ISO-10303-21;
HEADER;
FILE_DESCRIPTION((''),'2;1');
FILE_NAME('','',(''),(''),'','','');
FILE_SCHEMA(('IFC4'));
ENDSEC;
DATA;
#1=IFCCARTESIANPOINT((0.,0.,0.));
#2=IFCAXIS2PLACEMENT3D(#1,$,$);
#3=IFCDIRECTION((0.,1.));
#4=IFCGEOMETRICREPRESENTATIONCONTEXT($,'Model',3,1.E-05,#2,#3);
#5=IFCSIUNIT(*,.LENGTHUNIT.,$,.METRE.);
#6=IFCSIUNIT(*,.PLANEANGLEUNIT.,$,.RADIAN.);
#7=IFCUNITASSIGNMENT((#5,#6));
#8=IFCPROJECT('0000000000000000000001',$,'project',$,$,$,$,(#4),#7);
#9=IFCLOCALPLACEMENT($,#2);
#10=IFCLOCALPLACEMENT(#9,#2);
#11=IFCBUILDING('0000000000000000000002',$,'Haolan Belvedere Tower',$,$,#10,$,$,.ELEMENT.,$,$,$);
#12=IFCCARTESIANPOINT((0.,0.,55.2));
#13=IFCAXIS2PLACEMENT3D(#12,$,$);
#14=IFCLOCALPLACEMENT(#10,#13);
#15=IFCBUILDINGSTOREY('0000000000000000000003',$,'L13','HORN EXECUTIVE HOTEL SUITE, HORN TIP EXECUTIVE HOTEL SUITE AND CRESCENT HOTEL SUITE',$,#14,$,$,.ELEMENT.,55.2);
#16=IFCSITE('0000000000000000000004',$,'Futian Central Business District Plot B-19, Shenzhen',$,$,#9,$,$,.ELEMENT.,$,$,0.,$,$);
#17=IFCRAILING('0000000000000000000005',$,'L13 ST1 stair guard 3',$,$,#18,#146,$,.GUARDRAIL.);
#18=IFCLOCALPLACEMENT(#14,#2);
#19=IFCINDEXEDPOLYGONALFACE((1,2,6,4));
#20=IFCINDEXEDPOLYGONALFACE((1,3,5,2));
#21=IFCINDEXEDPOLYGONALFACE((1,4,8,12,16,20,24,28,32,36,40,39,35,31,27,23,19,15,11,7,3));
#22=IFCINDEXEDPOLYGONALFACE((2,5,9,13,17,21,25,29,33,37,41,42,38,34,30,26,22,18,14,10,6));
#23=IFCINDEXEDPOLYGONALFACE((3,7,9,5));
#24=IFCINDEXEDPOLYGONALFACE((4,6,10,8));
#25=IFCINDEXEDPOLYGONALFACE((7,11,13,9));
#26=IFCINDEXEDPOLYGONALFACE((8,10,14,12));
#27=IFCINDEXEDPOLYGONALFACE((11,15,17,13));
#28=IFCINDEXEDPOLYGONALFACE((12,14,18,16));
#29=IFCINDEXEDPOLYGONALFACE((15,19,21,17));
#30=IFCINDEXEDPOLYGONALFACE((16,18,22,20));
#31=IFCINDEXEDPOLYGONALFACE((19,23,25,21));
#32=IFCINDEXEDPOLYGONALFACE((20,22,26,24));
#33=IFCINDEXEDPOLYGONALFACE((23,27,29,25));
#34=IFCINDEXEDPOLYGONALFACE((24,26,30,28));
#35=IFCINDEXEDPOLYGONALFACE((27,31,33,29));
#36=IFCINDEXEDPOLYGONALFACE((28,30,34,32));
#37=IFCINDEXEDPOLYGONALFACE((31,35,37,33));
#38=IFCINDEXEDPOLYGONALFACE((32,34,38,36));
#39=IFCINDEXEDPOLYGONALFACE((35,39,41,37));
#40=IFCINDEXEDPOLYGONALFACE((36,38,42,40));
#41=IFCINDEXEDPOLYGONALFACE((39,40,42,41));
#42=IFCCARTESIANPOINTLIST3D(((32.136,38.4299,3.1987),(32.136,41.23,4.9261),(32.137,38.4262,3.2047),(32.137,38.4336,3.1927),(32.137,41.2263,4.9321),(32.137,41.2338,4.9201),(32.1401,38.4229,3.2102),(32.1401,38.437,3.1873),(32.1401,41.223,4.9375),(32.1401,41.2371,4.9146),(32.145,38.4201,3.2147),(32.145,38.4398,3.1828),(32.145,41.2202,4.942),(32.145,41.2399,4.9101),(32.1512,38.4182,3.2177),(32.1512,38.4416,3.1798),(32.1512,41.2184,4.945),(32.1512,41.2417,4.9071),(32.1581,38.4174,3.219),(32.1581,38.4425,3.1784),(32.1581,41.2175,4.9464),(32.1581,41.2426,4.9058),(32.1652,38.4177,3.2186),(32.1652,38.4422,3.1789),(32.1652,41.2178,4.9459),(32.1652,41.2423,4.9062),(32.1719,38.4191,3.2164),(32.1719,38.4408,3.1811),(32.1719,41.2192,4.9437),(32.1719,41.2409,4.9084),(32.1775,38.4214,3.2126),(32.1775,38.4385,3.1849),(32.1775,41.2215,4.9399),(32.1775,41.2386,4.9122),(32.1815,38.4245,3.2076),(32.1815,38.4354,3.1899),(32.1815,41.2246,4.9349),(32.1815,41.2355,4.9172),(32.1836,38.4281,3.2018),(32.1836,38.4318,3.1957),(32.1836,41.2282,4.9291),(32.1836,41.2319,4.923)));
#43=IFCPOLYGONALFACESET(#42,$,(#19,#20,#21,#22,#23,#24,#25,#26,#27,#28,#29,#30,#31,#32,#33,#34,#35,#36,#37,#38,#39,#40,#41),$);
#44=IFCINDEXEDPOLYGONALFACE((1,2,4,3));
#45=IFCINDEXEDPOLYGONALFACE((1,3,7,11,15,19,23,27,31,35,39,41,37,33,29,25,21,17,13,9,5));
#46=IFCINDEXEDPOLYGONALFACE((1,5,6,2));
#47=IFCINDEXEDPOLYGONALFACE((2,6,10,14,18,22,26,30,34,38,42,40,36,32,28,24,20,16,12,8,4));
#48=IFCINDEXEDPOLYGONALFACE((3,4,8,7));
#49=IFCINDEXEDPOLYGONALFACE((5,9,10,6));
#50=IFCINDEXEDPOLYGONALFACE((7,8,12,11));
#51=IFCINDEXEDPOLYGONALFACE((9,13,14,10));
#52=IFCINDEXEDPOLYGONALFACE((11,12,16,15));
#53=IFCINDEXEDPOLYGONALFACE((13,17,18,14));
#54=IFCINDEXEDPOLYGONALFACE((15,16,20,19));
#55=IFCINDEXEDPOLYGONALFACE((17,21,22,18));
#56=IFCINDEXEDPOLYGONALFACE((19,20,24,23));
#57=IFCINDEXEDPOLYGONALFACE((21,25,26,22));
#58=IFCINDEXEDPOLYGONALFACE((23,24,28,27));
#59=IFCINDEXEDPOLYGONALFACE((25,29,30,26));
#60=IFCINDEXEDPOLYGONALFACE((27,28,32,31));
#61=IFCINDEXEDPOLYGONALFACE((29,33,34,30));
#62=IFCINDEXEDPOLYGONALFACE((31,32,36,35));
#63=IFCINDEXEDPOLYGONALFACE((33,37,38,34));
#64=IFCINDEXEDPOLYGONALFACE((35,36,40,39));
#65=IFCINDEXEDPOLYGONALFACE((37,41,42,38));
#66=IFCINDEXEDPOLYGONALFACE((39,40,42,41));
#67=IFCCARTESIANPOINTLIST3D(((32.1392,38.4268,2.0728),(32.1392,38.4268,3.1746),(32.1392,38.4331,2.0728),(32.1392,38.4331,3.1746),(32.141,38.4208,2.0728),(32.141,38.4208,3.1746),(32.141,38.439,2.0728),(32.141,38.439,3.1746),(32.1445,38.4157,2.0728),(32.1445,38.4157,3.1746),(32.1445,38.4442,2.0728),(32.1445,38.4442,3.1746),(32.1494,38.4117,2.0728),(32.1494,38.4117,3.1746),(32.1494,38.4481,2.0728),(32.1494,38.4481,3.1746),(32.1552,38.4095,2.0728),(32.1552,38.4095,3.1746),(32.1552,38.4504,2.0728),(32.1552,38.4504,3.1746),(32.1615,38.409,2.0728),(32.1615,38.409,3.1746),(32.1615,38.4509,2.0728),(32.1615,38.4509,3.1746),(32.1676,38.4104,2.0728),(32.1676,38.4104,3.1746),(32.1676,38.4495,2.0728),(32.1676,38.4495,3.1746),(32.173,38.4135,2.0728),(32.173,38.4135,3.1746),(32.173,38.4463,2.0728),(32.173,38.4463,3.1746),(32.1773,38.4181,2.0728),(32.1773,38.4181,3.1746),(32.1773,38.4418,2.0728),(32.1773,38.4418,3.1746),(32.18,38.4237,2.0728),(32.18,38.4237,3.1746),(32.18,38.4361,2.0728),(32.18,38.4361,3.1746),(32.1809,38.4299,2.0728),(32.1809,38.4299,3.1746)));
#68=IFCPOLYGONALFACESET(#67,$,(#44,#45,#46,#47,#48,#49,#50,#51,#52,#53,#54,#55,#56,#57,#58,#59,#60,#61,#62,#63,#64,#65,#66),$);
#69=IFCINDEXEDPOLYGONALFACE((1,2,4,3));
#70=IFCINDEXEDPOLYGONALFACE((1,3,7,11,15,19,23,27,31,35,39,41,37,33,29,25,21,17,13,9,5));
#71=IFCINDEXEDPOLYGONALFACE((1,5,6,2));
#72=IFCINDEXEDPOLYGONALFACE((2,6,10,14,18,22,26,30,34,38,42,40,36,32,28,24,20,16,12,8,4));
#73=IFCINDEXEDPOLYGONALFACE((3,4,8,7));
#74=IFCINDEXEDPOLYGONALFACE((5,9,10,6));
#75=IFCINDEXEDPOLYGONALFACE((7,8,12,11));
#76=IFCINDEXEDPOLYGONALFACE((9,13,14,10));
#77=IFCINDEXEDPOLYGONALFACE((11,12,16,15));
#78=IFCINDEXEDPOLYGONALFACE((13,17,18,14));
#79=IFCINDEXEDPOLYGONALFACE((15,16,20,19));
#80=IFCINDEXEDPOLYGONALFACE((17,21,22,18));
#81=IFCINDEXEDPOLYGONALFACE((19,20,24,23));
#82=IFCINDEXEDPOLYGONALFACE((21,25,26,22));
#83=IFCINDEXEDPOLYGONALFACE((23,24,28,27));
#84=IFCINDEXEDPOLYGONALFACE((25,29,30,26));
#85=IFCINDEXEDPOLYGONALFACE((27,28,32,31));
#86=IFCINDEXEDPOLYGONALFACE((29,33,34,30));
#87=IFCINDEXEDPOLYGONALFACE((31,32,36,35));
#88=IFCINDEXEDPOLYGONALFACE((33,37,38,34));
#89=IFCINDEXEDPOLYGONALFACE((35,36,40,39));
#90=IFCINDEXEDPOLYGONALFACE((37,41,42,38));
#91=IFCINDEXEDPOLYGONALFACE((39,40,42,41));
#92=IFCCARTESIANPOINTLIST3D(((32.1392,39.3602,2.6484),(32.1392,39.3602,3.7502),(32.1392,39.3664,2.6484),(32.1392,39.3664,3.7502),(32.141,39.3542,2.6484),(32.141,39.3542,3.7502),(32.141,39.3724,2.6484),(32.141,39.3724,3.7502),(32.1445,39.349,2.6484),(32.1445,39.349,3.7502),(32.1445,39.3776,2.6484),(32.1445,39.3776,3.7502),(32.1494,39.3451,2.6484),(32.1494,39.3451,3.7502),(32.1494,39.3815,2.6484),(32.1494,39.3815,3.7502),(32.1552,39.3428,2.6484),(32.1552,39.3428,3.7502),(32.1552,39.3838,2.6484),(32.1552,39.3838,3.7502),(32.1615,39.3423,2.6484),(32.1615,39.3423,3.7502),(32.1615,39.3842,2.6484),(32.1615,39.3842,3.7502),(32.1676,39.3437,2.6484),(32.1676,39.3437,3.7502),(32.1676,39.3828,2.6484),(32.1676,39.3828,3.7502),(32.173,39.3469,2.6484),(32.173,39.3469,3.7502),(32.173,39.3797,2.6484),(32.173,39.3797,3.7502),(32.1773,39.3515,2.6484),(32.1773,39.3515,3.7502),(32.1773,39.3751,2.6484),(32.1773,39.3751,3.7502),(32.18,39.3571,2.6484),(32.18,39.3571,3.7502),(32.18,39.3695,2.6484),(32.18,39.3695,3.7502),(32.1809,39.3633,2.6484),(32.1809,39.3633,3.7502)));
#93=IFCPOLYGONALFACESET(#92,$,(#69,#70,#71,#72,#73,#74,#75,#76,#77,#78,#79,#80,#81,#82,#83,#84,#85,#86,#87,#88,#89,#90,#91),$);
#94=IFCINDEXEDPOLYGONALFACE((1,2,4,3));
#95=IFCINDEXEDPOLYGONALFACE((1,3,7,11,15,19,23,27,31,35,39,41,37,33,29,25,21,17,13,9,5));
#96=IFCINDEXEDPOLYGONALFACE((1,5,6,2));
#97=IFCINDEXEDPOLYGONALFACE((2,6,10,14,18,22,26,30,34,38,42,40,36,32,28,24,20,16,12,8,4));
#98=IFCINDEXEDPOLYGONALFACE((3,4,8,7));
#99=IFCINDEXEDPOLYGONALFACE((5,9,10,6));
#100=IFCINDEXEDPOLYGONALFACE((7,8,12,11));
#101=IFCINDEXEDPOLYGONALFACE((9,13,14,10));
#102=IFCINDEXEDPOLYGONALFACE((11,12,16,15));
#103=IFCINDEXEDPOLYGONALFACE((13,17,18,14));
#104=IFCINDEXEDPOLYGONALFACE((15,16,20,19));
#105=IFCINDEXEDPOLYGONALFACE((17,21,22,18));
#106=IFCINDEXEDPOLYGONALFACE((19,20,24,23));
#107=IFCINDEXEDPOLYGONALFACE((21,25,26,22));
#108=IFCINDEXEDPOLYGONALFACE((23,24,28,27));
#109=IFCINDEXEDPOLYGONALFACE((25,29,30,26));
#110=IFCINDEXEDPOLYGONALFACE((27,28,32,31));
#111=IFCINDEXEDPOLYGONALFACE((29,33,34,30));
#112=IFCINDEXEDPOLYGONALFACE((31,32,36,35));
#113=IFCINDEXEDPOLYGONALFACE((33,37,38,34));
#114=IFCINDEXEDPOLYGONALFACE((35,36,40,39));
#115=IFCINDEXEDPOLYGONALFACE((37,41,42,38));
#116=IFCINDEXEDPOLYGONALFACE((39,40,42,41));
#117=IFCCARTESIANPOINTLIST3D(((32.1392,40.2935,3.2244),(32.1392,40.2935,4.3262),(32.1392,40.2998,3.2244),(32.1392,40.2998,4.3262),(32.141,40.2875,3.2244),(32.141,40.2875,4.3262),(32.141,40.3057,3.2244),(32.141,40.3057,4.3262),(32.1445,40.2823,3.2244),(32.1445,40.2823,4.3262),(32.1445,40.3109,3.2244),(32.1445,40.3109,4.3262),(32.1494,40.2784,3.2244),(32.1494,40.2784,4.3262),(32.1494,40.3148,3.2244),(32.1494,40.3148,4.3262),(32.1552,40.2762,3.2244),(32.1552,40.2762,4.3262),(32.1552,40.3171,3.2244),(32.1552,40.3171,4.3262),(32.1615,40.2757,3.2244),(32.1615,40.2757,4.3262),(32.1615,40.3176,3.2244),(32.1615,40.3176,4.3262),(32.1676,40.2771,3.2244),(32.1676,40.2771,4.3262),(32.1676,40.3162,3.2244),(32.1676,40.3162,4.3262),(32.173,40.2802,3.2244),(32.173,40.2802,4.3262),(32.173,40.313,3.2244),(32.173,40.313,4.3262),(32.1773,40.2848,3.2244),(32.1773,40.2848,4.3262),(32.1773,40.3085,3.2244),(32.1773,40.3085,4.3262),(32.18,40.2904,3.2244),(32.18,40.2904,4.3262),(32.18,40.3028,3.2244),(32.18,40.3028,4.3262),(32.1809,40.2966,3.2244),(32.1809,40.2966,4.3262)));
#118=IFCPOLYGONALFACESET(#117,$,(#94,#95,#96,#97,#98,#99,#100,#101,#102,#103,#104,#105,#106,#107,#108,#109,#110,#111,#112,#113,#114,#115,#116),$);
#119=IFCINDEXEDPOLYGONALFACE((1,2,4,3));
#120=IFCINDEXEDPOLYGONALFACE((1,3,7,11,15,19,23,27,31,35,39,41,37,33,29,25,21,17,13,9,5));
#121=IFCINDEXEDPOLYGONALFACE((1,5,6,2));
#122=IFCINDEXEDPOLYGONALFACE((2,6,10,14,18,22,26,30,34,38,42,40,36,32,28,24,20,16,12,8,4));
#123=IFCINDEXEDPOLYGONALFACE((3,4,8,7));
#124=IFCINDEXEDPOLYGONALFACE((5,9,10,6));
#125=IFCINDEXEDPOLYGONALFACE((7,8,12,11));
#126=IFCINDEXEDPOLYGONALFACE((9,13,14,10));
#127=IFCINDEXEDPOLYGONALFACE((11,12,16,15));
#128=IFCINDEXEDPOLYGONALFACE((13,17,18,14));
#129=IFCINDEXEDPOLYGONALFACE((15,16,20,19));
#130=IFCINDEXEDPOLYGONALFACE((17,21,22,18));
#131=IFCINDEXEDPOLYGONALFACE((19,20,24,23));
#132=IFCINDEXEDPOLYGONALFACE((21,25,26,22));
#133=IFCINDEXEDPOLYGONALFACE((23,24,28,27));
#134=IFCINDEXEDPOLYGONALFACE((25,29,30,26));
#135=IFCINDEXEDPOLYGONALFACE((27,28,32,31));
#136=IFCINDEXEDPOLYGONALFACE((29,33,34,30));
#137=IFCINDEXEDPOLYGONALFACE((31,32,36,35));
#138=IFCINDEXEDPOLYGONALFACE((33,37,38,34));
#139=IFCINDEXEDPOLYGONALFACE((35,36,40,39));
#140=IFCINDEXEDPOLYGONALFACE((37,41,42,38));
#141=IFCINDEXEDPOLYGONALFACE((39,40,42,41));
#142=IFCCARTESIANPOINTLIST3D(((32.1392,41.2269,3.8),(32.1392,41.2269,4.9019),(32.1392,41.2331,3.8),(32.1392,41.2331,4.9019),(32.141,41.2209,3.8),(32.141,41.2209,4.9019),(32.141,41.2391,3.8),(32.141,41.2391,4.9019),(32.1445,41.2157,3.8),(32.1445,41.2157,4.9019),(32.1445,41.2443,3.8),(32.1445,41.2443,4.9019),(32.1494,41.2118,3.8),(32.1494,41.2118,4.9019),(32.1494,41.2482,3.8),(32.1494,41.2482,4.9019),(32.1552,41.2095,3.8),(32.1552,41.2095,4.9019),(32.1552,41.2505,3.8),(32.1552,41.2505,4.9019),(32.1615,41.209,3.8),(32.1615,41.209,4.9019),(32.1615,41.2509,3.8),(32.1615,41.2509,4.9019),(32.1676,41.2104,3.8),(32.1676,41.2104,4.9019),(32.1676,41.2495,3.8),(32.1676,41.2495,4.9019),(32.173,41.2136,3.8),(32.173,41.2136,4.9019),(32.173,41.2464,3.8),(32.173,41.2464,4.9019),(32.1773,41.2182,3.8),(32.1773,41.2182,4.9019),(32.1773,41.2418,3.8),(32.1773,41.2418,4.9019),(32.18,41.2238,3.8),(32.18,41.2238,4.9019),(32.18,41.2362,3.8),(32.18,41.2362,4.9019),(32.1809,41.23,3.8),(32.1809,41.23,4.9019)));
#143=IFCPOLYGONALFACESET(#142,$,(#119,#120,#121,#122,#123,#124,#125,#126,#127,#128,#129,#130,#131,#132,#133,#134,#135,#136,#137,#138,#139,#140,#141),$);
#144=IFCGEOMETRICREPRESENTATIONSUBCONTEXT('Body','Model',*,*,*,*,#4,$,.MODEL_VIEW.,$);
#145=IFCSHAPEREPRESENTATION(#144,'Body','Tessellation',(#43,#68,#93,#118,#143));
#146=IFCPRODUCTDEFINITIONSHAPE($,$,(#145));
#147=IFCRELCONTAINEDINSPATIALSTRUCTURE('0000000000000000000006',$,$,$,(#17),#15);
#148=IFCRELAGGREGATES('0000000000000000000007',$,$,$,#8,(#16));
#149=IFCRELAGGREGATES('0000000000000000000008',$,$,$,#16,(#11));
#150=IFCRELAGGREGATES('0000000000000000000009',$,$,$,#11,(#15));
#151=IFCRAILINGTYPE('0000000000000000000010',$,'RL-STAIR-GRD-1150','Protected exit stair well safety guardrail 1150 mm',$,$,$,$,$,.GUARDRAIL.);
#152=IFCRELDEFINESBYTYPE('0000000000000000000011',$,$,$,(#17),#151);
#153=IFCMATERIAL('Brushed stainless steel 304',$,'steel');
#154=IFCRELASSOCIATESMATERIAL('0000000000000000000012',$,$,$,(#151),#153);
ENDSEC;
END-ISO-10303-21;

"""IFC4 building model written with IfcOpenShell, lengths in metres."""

from ifc_helpers import new_model, si_unit, direction, frame, origin, origin_2d, place, context, subcontext, project, spatial, circle, extrude, material, type_object, element, save


model = new_model("IFC4")

# Units and contexts
model_context = context("Model", 3, precision=1e-05, world=origin(), true_north=direction((0.0, 1.0)))
body_context = subcontext(model_context, "Body", "Model", "MODEL_VIEW")
ifc_project = project(units=[si_unit("LENGTHUNIT", "METRE"), si_unit("PLANEANGLEUNIT", "RADIAN")], contexts=[model_context])

# Site, building, storey
site_placement = place(None, origin())
site = spatial("IfcSite", under=ifc_project, at=site_placement, Name="Futian Central Business District Plot B-19, Shenzhen", CompositionType="ELEMENT", RefElevation=0.0)
building_placement = place(site_placement, origin())
building = spatial("IfcBuilding", under=site, at=building_placement, Name="Haolan Belvedere Tower", CompositionType="ELEMENT")
storey_placement = place(building_placement, frame((0.0, 0.0, 55.2)))
storey = spatial("IfcBuildingStorey", under=building, at=storey_placement, Name="L13", Description="HORN EXECUTIVE HOTEL SUITE, HORN TIP EXECUTIVE HOTEL SUITE AND CRESCENT HOTEL SUITE", CompositionType="ELEMENT", Elevation=55.2)

# Railing
ifc_material_1 = material(Name="Brushed stainless steel 304", Category="steel")
railing_type_1 = type_object("IfcRailingType", Name="RL-STAIR-GRD-1150", Description="Protected exit stair well safety guardrail 1150 mm", PredefinedType="GUARDRAIL", material=ifc_material_1)
railing_1_placement = place(storey_placement, frame((32.1599, 38.4299, 2.0728)))
element("IfcRailing", 1, at=railing_1_placement, inside=storey, type_object=railing_type_1, Name="L13 ST1 stair guard 3", PredefinedType="GUARDRAIL", context=body_context, shape_type="SweptSolid", body=[
    extrude(circle(Radius=0.0239, at=origin_2d()), frame((0.0, 0.0, 1.126), z_axis=(0.0, 0.85109, 0.52502), x_axis=(-1.0, 0.0, 0.0)), (0.0, 0.0, 1.0), 3.29),
    extrude(circle(Radius=0.021, at=origin_2d()), origin(), (0.0, 0.0, 1.0), 1.1018),
    extrude(circle(Radius=0.021, at=origin_2d()), frame((0.0, 0.9333, 0.5757)), (0.0, 0.0, 1.0), 1.1018),
    extrude(circle(Radius=0.021, at=origin_2d()), frame((0.0, 1.8667, 1.1516)), (0.0, 0.0, 1.0), 1.1018),
    extrude(circle(Radius=0.021, at=origin_2d()), frame((0.0, 2.8, 1.7273)), (0.0, 0.0, 1.0), 1.1018),
])

save(model, "model.ifc")
